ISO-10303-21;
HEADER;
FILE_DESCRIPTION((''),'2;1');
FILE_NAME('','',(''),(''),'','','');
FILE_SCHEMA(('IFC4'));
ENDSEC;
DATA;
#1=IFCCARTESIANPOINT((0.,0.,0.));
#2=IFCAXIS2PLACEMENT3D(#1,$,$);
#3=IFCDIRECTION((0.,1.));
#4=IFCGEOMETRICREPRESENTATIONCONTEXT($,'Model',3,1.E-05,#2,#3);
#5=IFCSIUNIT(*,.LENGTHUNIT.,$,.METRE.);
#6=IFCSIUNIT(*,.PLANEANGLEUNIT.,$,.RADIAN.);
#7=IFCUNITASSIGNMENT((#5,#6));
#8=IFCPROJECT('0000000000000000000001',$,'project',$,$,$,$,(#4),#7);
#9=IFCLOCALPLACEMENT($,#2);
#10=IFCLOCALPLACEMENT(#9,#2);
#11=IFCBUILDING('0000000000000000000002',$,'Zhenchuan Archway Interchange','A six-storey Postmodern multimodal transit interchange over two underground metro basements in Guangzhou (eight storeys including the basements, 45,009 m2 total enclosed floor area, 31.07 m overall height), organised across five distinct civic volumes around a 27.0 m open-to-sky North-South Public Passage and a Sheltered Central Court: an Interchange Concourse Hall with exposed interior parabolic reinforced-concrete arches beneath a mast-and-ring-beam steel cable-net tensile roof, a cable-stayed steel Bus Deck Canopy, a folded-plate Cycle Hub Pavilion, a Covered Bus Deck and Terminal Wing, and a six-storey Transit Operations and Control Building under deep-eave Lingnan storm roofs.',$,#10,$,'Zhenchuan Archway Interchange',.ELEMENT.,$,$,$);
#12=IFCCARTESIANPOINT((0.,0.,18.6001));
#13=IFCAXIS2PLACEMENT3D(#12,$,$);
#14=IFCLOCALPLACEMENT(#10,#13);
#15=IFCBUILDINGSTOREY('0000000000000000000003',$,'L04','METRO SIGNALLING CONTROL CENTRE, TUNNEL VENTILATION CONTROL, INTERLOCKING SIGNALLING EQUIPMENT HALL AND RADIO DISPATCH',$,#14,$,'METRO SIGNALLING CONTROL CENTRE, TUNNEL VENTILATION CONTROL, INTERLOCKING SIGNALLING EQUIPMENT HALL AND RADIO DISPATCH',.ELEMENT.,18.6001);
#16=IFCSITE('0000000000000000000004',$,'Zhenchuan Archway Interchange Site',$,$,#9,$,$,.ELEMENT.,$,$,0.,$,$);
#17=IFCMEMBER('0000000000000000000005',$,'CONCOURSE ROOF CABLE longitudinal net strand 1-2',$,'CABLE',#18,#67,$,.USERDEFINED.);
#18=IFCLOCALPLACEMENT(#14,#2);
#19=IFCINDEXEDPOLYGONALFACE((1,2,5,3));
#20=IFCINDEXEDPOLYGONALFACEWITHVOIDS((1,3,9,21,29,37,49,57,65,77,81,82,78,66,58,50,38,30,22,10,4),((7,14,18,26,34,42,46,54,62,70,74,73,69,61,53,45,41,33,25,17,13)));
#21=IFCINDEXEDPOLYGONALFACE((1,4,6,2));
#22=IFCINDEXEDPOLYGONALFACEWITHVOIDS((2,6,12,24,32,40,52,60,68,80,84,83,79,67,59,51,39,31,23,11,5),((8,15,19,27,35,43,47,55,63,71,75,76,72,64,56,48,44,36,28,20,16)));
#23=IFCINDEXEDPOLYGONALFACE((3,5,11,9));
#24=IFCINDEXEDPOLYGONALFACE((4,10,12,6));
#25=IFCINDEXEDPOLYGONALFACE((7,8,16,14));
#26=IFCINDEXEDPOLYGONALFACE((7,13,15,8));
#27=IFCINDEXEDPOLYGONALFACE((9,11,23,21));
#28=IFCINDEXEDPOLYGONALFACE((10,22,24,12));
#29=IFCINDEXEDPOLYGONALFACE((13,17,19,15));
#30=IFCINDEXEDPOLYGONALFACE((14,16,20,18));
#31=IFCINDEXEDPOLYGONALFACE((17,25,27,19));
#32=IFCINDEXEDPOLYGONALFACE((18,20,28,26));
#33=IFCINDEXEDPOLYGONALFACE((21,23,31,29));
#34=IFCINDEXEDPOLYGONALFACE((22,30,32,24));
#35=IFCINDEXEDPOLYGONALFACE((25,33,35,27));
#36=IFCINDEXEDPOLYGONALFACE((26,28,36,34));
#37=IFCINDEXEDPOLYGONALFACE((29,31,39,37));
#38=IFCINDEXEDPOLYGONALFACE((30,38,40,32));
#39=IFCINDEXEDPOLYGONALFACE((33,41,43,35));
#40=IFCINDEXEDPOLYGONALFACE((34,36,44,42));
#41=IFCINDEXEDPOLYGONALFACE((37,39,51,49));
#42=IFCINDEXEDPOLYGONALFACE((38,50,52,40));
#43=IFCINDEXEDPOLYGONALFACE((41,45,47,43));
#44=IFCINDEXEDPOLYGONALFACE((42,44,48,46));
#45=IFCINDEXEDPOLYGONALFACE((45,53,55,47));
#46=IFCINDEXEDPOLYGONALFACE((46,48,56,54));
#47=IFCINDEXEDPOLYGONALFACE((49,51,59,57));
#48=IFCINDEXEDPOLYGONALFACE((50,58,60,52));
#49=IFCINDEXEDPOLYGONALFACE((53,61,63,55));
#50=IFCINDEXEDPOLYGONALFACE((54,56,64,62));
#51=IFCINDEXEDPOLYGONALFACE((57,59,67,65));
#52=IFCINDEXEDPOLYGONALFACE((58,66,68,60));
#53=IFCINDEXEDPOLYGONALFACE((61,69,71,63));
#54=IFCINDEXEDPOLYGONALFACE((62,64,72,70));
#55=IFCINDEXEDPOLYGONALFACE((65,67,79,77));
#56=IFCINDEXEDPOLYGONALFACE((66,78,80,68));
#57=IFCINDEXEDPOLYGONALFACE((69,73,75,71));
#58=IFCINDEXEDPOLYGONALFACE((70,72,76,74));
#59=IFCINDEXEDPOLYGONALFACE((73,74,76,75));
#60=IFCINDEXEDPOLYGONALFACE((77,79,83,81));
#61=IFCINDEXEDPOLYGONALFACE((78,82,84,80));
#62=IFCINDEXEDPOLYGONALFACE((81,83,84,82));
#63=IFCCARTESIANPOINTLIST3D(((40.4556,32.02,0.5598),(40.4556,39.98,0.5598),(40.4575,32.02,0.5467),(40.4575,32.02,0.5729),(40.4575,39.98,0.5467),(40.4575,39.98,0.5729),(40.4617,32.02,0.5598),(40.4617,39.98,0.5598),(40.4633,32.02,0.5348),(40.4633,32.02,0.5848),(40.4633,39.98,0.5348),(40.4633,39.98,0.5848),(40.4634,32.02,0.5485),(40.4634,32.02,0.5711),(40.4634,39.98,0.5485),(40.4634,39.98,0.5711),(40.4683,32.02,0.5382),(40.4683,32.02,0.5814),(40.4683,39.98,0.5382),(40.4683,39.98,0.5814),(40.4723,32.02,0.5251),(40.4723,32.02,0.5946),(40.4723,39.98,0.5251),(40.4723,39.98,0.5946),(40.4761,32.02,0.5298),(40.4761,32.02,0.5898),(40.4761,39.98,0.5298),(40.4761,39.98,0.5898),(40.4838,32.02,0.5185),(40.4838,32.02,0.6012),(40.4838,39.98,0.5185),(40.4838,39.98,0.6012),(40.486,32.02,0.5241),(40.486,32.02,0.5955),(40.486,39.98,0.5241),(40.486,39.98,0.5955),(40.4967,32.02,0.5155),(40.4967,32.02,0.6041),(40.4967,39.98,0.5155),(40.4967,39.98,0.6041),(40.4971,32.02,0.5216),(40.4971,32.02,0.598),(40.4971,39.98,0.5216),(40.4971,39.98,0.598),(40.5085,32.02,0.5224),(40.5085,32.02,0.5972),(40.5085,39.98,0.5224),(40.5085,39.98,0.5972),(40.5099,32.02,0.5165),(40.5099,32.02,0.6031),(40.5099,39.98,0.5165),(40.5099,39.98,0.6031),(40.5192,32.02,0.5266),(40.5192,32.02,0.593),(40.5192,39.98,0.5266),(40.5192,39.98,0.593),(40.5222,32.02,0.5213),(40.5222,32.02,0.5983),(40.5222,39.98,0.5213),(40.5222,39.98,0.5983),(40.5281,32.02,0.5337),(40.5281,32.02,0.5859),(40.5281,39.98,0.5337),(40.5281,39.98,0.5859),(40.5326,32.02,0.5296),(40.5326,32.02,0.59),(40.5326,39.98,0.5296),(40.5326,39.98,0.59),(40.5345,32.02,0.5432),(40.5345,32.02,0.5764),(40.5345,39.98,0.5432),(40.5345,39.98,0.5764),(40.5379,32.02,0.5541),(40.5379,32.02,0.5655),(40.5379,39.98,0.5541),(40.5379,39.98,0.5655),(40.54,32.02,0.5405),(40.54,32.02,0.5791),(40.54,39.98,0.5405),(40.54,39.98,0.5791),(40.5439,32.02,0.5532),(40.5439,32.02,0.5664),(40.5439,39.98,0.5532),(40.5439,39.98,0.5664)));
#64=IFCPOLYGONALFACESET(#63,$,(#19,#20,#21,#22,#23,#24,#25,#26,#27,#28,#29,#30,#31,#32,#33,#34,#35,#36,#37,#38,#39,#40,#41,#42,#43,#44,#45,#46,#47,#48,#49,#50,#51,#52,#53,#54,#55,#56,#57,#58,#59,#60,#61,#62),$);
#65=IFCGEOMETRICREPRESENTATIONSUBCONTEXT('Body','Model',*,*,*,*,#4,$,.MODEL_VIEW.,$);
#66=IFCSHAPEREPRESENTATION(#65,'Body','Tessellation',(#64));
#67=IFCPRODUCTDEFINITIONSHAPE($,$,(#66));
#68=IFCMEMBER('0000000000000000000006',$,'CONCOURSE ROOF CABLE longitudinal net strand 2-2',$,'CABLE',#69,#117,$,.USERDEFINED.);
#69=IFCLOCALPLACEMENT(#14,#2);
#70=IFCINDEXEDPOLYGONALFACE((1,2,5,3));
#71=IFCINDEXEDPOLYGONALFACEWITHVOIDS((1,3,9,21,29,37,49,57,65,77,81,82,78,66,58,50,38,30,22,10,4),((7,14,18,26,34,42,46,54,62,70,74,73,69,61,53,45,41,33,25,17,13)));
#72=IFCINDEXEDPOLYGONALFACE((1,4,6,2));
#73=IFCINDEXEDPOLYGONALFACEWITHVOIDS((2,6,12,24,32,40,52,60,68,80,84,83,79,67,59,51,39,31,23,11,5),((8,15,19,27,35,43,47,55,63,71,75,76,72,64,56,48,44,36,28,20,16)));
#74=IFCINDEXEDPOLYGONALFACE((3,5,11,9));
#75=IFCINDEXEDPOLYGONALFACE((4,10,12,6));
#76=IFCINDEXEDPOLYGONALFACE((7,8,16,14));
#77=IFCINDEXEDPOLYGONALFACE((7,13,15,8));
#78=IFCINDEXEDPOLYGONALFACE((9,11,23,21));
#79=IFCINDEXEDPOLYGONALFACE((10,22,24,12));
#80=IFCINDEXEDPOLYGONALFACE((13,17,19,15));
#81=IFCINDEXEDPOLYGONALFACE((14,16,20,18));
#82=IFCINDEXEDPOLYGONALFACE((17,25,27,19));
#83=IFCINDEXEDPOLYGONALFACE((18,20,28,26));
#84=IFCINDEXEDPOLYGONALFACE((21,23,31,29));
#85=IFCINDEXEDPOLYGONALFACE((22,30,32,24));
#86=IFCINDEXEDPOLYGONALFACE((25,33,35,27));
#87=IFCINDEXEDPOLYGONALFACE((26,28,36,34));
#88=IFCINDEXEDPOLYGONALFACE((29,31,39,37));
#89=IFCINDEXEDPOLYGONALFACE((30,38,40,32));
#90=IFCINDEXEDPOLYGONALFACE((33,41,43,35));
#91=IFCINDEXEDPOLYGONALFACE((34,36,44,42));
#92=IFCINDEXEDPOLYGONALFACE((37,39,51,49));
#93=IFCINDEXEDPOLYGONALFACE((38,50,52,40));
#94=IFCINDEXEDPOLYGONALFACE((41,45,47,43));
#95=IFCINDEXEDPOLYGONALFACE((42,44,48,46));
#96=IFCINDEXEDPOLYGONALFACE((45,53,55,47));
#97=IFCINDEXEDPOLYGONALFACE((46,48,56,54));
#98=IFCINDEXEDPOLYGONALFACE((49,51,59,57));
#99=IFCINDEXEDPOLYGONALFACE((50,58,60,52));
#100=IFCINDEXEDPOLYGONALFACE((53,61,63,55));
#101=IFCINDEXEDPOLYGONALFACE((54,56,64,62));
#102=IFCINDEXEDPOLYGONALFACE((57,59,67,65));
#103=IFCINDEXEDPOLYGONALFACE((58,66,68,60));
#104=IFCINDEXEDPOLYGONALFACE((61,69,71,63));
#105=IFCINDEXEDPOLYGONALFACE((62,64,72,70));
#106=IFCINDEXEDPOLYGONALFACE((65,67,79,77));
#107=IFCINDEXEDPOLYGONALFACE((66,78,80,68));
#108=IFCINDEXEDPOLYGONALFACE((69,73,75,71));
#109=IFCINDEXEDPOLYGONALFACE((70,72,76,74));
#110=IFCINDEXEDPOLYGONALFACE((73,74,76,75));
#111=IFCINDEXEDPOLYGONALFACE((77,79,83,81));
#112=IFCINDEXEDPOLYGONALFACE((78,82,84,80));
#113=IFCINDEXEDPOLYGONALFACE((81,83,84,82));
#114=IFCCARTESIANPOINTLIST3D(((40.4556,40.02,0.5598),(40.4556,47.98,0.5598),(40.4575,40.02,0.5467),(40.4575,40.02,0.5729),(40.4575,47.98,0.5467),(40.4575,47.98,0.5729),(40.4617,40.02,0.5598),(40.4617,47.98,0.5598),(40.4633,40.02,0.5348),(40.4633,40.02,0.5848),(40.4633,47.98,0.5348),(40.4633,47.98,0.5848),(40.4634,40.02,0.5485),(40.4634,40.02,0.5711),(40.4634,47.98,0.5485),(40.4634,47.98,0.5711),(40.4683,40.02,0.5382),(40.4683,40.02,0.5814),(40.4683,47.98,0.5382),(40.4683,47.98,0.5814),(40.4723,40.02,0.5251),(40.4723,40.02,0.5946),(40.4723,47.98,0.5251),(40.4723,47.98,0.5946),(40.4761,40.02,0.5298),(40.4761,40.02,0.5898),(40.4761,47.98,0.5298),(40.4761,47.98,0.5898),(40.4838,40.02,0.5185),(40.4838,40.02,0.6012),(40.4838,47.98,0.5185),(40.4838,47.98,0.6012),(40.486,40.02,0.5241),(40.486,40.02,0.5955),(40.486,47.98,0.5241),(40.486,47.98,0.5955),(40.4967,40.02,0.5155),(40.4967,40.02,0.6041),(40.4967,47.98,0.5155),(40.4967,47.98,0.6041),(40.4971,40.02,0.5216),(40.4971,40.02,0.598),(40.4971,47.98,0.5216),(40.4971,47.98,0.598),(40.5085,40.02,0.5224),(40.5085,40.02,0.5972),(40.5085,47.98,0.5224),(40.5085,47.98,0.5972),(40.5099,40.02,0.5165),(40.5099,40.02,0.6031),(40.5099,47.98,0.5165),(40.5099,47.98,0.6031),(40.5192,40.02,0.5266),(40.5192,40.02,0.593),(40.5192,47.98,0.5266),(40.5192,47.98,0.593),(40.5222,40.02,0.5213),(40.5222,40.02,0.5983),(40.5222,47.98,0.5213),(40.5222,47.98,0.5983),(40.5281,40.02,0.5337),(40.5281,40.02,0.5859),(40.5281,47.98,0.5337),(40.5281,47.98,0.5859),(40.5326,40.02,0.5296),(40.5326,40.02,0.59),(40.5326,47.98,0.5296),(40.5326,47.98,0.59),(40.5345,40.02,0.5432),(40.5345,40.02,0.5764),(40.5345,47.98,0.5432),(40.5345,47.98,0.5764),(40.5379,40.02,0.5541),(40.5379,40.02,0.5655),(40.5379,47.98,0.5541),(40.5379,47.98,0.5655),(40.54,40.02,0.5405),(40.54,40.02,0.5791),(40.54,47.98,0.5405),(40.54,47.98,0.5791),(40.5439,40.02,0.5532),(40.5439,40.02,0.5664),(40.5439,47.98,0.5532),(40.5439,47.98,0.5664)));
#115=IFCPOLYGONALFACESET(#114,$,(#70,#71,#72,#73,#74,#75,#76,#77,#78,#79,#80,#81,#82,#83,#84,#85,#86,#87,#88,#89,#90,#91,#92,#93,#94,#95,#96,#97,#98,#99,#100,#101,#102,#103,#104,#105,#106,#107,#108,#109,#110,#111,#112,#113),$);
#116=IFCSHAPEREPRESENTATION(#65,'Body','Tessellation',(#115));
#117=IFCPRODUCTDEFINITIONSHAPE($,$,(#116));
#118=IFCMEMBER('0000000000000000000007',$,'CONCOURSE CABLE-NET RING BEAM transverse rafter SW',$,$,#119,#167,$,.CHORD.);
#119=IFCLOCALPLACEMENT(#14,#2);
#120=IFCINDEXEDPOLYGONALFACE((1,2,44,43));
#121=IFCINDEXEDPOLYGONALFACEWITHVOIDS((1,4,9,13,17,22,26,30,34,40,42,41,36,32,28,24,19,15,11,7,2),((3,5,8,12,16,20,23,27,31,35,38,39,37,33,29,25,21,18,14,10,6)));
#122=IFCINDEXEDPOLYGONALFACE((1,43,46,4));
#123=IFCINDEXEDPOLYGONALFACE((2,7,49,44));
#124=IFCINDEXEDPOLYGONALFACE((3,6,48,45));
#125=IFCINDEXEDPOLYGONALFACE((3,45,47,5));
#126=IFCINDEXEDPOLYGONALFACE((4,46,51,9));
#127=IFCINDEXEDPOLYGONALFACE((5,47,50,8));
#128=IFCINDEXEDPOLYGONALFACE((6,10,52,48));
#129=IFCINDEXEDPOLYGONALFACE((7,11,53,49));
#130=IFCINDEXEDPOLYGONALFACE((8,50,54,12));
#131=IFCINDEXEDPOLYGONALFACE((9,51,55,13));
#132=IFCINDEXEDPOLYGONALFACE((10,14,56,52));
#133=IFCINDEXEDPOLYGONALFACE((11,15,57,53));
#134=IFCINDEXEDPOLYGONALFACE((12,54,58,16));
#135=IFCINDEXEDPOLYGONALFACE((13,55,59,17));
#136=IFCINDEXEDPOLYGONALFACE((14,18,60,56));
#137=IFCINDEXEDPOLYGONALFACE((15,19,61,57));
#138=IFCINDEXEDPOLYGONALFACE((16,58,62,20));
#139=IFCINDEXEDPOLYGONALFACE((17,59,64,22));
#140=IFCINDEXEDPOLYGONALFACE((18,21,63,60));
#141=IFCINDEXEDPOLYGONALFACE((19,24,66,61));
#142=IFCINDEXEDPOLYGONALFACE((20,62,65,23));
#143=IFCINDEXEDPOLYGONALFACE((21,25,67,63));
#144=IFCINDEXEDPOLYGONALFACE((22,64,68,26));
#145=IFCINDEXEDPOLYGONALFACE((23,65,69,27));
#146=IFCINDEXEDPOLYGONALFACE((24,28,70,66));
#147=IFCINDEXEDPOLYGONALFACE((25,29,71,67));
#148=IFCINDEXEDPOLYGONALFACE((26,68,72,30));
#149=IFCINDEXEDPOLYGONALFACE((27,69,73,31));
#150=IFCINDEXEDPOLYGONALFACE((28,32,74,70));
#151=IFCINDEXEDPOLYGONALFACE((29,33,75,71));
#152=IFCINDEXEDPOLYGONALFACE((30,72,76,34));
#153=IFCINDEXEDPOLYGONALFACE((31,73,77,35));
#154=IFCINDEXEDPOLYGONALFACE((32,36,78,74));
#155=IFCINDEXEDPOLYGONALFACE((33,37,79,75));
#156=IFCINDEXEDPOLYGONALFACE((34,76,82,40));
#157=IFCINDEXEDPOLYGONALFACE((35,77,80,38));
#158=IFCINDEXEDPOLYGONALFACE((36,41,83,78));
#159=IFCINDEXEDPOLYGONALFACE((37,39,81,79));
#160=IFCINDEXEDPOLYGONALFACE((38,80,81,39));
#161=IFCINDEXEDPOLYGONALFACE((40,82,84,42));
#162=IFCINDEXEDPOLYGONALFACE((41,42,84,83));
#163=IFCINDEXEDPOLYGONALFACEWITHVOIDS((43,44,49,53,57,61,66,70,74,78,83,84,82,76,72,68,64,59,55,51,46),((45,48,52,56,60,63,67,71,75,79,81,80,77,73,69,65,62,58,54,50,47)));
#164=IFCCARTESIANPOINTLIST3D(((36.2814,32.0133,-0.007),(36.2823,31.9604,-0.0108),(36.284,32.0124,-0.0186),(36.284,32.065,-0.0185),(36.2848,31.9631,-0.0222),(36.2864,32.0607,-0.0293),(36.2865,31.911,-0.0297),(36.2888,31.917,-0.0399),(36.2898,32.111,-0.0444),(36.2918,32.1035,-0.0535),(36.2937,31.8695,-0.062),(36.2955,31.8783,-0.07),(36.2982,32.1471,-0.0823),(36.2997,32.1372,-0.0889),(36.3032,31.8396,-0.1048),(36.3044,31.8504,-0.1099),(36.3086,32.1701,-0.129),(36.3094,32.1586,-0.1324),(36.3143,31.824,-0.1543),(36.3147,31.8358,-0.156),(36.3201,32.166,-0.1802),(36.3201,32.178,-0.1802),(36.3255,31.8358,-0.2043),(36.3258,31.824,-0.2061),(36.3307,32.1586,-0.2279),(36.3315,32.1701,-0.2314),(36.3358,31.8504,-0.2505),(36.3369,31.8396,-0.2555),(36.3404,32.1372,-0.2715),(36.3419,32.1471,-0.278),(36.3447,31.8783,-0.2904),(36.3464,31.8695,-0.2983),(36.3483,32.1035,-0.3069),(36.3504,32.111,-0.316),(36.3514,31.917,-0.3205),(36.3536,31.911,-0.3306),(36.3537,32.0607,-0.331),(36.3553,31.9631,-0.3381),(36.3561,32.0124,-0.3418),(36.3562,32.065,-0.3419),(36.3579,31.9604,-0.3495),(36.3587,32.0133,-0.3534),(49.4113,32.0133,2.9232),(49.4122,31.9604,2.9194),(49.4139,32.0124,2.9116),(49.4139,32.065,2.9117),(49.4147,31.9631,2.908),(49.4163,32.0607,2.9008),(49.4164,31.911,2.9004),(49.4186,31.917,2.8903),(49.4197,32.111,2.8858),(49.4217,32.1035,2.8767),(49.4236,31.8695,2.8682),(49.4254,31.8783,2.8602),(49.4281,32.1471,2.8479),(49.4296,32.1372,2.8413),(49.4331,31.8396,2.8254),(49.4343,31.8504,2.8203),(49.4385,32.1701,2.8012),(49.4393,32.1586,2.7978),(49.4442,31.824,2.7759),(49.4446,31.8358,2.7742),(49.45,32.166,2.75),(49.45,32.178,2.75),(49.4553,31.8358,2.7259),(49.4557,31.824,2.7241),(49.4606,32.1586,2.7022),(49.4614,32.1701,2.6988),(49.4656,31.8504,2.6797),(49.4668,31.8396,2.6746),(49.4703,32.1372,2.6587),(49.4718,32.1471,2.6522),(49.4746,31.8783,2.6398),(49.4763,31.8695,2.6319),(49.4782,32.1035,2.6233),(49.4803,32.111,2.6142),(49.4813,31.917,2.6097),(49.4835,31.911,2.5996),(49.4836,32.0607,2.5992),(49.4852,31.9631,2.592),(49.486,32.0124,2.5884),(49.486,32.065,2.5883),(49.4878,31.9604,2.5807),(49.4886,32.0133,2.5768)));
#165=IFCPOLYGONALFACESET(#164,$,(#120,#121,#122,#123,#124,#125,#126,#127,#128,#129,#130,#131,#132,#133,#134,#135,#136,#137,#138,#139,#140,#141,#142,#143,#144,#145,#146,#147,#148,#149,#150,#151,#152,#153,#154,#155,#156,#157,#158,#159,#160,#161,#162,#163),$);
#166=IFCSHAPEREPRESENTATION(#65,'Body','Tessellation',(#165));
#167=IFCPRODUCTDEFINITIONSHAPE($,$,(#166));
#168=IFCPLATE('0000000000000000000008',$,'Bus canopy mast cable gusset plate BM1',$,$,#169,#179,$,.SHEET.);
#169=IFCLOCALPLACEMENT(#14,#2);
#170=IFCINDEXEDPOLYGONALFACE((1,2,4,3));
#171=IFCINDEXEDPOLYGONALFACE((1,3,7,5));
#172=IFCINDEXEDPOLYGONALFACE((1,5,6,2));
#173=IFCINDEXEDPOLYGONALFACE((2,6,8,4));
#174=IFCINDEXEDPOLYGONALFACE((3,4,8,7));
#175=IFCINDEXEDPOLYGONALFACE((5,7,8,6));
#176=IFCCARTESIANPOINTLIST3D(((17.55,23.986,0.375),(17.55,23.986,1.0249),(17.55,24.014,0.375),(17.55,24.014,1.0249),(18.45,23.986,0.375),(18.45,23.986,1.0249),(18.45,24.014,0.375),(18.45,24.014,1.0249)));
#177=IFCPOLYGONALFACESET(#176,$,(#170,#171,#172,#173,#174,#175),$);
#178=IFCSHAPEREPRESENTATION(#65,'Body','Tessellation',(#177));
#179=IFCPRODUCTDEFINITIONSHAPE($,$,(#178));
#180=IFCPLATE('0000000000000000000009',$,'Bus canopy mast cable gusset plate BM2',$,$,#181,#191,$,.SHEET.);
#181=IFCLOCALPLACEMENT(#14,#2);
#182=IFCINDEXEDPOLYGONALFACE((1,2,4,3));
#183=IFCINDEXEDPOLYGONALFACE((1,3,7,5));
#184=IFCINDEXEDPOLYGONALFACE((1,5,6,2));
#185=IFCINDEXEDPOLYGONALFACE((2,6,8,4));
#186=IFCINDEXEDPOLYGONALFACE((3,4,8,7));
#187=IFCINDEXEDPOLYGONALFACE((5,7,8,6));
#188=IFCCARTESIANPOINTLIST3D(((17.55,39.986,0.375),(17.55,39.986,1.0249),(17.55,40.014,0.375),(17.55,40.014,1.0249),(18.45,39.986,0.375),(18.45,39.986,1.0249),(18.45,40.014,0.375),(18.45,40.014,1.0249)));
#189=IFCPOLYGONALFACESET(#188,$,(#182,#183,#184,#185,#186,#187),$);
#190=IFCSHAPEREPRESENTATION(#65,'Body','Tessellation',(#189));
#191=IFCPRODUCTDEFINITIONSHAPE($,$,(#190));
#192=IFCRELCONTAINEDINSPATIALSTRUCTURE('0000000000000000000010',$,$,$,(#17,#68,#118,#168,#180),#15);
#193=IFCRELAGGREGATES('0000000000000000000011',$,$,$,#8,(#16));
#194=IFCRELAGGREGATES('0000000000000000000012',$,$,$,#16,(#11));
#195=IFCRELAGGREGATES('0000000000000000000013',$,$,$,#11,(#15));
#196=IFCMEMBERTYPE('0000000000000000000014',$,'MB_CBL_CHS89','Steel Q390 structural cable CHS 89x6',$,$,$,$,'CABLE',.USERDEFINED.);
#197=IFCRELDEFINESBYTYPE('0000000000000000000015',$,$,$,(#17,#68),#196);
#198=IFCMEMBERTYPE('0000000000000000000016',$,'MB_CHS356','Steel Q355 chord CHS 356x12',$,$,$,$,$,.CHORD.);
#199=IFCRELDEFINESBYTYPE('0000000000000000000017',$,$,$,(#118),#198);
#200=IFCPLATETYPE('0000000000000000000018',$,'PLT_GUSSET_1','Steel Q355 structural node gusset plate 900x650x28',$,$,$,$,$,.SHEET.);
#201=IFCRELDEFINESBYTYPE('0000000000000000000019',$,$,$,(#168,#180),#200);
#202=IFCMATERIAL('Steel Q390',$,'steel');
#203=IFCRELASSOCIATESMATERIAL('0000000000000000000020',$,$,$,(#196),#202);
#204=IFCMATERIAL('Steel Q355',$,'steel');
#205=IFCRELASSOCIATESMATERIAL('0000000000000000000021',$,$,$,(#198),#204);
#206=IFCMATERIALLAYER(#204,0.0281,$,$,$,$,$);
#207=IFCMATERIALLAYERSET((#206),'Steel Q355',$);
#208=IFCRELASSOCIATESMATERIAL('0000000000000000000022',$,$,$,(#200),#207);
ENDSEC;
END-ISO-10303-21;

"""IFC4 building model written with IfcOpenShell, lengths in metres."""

from ifc_helpers import new_model, si_unit, direction, frame, origin, origin_2d, place, context, subcontext, project, spatial, rectangle, hollow_circle, extrude, material, layer, layer_set, material_profile, profile_set, type_object, element, save


model = new_model("IFC4")

# Units and contexts
model_context = context("Model", 3, precision=1e-05, world=origin(), true_north=direction((0.0, 1.0)))
body_context = subcontext(model_context, "Body", "Model", "MODEL_VIEW")
ifc_project = project(units=[si_unit("LENGTHUNIT", "METRE"), si_unit("PLANEANGLEUNIT", "RADIAN")], contexts=[model_context])

# Site, building, storey
site_placement = place(None, origin())
site = spatial("IfcSite", under=ifc_project, at=site_placement, Name="Zhenchuan Archway Interchange Site", CompositionType="ELEMENT", RefElevation=0.0)
building_placement = place(site_placement, origin())
building = spatial("IfcBuilding", under=site, at=building_placement, Name="Zhenchuan Archway Interchange", Description="A six-storey Postmodern multimodal transit interchange over two underground metro basements in Guangzhou (eight storeys including the basements, 45,009 m2 total enclosed floor area, 31.07 m overall height), organised across five distinct civic volumes around a 27.0 m open-to-sky North-South Public Passage and a Sheltered Central Court: an Interchange Concourse Hall with exposed interior parabolic reinforced-concrete arches beneath a mast-and-ring-beam steel cable-net tensile roof, a cable-stayed steel Bus Deck Canopy, a folded-plate Cycle Hub Pavilion, a Covered Bus Deck and Terminal Wing, and a six-storey Transit Operations and Control Building under deep-eave Lingnan storm roofs.", LongName="Zhenchuan Archway Interchange", CompositionType="ELEMENT")
storey_placement = place(building_placement, frame((0.0, 0.0, 18.6001)))
storey = spatial("IfcBuildingStorey", under=building, at=storey_placement, Name="L04", Description="METRO SIGNALLING CONTROL CENTRE, TUNNEL VENTILATION CONTROL, INTERLOCKING SIGNALLING EQUIPMENT HALL AND RADIO DISPATCH", LongName="METRO SIGNALLING CONTROL CENTRE, TUNNEL VENTILATION CONTROL, INTERLOCKING SIGNALLING EQUIPMENT HALL AND RADIO DISPATCH", CompositionType="ELEMENT", Elevation=18.6001)

# Shared definitions
ifc_material_1 = material(Name="Steel Q390", Category="steel")

# Members
ifc_material_profile_1 = material_profile(ifc_material_1, hollow_circle(Radius=0.0444, WallThickness=0.0061, at=origin_2d()), Name="CHS 89x6")
ifc_profile_set_1 = profile_set([ifc_material_profile_1], Name="Steel Q390")
member_type_1 = type_object("IfcMemberType", Name="MB_CBL_CHS89", Description="Steel Q390 structural cable CHS 89x6", ElementType="CABLE", PredefinedType="USERDEFINED", material=ifc_profile_set_1)
for number, where, z_axis, x_axis, name in (
    (1, (40.5, 32.02, 0.5598), (0.0, 1.0, 0.0), (-1.0, 0.0, 0.0), "CONCOURSE ROOF CABLE longitudinal net strand 1-2"),
    (2, (40.5, 40.02, 0.5598), (0.0, 1.0, 0.0), (-1.0, 0.0, 0.0), "CONCOURSE ROOF CABLE longitudinal net strand 2-2"),
):
    element("IfcMember", number, at=place(storey_placement, frame(where, z_axis=z_axis, x_axis=x_axis)), inside=storey, type_object=member_type_1, Name=name, ObjectType="CABLE", PredefinedType="USERDEFINED", context=body_context, shape_type="SweptSolid", body=[
        extrude(hollow_circle(Radius=0.0444, WallThickness=0.0061, at=origin_2d()), origin(), (0.0, 0.0, 1.0), 7.96),
    ])
ifc_material_2 = material(Name="Steel Q355", Category="steel")
ifc_material_profile_2 = material_profile(ifc_material_2, hollow_circle(Radius=0.178, WallThickness=0.012, at=origin_2d()), Name="CHS 356x12")
ifc_profile_set_2 = profile_set([ifc_material_profile_2], Name="Steel Q355")
member_type_2 = type_object("IfcMemberType", Name="MB_CHS356", Description="Steel Q355 chord CHS 356x12", PredefinedType="CHORD", material=ifc_profile_set_2)
member_1_placement = place(storey_placement, frame((36.3201, 32.0, -0.1802), z_axis=(0.975991, 0.0, 0.21781), x_axis=(0.0, 1.0, 0.0)))
element("IfcMember", 3, at=member_1_placement, inside=storey, type_object=member_type_2, Name="CONCOURSE CABLE-NET RING BEAM transverse rafter SW", PredefinedType="CHORD", context=body_context, shape_type="SweptSolid", body=[
    extrude(hollow_circle(Radius=0.178, WallThickness=0.012, at=origin_2d()), origin(), (0.0, 0.0, 1.0), 13.4529),
])

# Plates
ifc_layer_1 = layer(ifc_material_2, 0.0281)
ifc_layer_set_1 = layer_set([ifc_layer_1], Name="Steel Q355")
plate_type = type_object("IfcPlateType", Name="PLT_GUSSET_1", Description="Steel Q355 structural node gusset plate 900x650x28", PredefinedType="SHEET", material=ifc_layer_set_1)
for number, where, z_axis, x_axis, name in (
    (4, (18.0, 24.0, 0.375), (0.0, 0.0, 1.0), (1.0, 0.0, 0.0), "Bus canopy mast cable gusset plate BM1"),
    (5, (18.0, 40.0, 0.375), (0.0, 0.0, 1.0), (1.0, 0.0, 0.0), "Bus canopy mast cable gusset plate BM2"),
):
    element("IfcPlate", number, at=place(storey_placement, frame(where, z_axis=z_axis, x_axis=x_axis)), inside=storey, type_object=plate_type, Name=name, PredefinedType="SHEET", context=body_context, shape_type="SweptSolid", body=[
        extrude(rectangle(XDim=0.8999, YDim=0.0281, at=origin_2d()), origin(), (0.0, 0.0, 1.0), 0.6499),
    ])

save(model, "model.ifc")
